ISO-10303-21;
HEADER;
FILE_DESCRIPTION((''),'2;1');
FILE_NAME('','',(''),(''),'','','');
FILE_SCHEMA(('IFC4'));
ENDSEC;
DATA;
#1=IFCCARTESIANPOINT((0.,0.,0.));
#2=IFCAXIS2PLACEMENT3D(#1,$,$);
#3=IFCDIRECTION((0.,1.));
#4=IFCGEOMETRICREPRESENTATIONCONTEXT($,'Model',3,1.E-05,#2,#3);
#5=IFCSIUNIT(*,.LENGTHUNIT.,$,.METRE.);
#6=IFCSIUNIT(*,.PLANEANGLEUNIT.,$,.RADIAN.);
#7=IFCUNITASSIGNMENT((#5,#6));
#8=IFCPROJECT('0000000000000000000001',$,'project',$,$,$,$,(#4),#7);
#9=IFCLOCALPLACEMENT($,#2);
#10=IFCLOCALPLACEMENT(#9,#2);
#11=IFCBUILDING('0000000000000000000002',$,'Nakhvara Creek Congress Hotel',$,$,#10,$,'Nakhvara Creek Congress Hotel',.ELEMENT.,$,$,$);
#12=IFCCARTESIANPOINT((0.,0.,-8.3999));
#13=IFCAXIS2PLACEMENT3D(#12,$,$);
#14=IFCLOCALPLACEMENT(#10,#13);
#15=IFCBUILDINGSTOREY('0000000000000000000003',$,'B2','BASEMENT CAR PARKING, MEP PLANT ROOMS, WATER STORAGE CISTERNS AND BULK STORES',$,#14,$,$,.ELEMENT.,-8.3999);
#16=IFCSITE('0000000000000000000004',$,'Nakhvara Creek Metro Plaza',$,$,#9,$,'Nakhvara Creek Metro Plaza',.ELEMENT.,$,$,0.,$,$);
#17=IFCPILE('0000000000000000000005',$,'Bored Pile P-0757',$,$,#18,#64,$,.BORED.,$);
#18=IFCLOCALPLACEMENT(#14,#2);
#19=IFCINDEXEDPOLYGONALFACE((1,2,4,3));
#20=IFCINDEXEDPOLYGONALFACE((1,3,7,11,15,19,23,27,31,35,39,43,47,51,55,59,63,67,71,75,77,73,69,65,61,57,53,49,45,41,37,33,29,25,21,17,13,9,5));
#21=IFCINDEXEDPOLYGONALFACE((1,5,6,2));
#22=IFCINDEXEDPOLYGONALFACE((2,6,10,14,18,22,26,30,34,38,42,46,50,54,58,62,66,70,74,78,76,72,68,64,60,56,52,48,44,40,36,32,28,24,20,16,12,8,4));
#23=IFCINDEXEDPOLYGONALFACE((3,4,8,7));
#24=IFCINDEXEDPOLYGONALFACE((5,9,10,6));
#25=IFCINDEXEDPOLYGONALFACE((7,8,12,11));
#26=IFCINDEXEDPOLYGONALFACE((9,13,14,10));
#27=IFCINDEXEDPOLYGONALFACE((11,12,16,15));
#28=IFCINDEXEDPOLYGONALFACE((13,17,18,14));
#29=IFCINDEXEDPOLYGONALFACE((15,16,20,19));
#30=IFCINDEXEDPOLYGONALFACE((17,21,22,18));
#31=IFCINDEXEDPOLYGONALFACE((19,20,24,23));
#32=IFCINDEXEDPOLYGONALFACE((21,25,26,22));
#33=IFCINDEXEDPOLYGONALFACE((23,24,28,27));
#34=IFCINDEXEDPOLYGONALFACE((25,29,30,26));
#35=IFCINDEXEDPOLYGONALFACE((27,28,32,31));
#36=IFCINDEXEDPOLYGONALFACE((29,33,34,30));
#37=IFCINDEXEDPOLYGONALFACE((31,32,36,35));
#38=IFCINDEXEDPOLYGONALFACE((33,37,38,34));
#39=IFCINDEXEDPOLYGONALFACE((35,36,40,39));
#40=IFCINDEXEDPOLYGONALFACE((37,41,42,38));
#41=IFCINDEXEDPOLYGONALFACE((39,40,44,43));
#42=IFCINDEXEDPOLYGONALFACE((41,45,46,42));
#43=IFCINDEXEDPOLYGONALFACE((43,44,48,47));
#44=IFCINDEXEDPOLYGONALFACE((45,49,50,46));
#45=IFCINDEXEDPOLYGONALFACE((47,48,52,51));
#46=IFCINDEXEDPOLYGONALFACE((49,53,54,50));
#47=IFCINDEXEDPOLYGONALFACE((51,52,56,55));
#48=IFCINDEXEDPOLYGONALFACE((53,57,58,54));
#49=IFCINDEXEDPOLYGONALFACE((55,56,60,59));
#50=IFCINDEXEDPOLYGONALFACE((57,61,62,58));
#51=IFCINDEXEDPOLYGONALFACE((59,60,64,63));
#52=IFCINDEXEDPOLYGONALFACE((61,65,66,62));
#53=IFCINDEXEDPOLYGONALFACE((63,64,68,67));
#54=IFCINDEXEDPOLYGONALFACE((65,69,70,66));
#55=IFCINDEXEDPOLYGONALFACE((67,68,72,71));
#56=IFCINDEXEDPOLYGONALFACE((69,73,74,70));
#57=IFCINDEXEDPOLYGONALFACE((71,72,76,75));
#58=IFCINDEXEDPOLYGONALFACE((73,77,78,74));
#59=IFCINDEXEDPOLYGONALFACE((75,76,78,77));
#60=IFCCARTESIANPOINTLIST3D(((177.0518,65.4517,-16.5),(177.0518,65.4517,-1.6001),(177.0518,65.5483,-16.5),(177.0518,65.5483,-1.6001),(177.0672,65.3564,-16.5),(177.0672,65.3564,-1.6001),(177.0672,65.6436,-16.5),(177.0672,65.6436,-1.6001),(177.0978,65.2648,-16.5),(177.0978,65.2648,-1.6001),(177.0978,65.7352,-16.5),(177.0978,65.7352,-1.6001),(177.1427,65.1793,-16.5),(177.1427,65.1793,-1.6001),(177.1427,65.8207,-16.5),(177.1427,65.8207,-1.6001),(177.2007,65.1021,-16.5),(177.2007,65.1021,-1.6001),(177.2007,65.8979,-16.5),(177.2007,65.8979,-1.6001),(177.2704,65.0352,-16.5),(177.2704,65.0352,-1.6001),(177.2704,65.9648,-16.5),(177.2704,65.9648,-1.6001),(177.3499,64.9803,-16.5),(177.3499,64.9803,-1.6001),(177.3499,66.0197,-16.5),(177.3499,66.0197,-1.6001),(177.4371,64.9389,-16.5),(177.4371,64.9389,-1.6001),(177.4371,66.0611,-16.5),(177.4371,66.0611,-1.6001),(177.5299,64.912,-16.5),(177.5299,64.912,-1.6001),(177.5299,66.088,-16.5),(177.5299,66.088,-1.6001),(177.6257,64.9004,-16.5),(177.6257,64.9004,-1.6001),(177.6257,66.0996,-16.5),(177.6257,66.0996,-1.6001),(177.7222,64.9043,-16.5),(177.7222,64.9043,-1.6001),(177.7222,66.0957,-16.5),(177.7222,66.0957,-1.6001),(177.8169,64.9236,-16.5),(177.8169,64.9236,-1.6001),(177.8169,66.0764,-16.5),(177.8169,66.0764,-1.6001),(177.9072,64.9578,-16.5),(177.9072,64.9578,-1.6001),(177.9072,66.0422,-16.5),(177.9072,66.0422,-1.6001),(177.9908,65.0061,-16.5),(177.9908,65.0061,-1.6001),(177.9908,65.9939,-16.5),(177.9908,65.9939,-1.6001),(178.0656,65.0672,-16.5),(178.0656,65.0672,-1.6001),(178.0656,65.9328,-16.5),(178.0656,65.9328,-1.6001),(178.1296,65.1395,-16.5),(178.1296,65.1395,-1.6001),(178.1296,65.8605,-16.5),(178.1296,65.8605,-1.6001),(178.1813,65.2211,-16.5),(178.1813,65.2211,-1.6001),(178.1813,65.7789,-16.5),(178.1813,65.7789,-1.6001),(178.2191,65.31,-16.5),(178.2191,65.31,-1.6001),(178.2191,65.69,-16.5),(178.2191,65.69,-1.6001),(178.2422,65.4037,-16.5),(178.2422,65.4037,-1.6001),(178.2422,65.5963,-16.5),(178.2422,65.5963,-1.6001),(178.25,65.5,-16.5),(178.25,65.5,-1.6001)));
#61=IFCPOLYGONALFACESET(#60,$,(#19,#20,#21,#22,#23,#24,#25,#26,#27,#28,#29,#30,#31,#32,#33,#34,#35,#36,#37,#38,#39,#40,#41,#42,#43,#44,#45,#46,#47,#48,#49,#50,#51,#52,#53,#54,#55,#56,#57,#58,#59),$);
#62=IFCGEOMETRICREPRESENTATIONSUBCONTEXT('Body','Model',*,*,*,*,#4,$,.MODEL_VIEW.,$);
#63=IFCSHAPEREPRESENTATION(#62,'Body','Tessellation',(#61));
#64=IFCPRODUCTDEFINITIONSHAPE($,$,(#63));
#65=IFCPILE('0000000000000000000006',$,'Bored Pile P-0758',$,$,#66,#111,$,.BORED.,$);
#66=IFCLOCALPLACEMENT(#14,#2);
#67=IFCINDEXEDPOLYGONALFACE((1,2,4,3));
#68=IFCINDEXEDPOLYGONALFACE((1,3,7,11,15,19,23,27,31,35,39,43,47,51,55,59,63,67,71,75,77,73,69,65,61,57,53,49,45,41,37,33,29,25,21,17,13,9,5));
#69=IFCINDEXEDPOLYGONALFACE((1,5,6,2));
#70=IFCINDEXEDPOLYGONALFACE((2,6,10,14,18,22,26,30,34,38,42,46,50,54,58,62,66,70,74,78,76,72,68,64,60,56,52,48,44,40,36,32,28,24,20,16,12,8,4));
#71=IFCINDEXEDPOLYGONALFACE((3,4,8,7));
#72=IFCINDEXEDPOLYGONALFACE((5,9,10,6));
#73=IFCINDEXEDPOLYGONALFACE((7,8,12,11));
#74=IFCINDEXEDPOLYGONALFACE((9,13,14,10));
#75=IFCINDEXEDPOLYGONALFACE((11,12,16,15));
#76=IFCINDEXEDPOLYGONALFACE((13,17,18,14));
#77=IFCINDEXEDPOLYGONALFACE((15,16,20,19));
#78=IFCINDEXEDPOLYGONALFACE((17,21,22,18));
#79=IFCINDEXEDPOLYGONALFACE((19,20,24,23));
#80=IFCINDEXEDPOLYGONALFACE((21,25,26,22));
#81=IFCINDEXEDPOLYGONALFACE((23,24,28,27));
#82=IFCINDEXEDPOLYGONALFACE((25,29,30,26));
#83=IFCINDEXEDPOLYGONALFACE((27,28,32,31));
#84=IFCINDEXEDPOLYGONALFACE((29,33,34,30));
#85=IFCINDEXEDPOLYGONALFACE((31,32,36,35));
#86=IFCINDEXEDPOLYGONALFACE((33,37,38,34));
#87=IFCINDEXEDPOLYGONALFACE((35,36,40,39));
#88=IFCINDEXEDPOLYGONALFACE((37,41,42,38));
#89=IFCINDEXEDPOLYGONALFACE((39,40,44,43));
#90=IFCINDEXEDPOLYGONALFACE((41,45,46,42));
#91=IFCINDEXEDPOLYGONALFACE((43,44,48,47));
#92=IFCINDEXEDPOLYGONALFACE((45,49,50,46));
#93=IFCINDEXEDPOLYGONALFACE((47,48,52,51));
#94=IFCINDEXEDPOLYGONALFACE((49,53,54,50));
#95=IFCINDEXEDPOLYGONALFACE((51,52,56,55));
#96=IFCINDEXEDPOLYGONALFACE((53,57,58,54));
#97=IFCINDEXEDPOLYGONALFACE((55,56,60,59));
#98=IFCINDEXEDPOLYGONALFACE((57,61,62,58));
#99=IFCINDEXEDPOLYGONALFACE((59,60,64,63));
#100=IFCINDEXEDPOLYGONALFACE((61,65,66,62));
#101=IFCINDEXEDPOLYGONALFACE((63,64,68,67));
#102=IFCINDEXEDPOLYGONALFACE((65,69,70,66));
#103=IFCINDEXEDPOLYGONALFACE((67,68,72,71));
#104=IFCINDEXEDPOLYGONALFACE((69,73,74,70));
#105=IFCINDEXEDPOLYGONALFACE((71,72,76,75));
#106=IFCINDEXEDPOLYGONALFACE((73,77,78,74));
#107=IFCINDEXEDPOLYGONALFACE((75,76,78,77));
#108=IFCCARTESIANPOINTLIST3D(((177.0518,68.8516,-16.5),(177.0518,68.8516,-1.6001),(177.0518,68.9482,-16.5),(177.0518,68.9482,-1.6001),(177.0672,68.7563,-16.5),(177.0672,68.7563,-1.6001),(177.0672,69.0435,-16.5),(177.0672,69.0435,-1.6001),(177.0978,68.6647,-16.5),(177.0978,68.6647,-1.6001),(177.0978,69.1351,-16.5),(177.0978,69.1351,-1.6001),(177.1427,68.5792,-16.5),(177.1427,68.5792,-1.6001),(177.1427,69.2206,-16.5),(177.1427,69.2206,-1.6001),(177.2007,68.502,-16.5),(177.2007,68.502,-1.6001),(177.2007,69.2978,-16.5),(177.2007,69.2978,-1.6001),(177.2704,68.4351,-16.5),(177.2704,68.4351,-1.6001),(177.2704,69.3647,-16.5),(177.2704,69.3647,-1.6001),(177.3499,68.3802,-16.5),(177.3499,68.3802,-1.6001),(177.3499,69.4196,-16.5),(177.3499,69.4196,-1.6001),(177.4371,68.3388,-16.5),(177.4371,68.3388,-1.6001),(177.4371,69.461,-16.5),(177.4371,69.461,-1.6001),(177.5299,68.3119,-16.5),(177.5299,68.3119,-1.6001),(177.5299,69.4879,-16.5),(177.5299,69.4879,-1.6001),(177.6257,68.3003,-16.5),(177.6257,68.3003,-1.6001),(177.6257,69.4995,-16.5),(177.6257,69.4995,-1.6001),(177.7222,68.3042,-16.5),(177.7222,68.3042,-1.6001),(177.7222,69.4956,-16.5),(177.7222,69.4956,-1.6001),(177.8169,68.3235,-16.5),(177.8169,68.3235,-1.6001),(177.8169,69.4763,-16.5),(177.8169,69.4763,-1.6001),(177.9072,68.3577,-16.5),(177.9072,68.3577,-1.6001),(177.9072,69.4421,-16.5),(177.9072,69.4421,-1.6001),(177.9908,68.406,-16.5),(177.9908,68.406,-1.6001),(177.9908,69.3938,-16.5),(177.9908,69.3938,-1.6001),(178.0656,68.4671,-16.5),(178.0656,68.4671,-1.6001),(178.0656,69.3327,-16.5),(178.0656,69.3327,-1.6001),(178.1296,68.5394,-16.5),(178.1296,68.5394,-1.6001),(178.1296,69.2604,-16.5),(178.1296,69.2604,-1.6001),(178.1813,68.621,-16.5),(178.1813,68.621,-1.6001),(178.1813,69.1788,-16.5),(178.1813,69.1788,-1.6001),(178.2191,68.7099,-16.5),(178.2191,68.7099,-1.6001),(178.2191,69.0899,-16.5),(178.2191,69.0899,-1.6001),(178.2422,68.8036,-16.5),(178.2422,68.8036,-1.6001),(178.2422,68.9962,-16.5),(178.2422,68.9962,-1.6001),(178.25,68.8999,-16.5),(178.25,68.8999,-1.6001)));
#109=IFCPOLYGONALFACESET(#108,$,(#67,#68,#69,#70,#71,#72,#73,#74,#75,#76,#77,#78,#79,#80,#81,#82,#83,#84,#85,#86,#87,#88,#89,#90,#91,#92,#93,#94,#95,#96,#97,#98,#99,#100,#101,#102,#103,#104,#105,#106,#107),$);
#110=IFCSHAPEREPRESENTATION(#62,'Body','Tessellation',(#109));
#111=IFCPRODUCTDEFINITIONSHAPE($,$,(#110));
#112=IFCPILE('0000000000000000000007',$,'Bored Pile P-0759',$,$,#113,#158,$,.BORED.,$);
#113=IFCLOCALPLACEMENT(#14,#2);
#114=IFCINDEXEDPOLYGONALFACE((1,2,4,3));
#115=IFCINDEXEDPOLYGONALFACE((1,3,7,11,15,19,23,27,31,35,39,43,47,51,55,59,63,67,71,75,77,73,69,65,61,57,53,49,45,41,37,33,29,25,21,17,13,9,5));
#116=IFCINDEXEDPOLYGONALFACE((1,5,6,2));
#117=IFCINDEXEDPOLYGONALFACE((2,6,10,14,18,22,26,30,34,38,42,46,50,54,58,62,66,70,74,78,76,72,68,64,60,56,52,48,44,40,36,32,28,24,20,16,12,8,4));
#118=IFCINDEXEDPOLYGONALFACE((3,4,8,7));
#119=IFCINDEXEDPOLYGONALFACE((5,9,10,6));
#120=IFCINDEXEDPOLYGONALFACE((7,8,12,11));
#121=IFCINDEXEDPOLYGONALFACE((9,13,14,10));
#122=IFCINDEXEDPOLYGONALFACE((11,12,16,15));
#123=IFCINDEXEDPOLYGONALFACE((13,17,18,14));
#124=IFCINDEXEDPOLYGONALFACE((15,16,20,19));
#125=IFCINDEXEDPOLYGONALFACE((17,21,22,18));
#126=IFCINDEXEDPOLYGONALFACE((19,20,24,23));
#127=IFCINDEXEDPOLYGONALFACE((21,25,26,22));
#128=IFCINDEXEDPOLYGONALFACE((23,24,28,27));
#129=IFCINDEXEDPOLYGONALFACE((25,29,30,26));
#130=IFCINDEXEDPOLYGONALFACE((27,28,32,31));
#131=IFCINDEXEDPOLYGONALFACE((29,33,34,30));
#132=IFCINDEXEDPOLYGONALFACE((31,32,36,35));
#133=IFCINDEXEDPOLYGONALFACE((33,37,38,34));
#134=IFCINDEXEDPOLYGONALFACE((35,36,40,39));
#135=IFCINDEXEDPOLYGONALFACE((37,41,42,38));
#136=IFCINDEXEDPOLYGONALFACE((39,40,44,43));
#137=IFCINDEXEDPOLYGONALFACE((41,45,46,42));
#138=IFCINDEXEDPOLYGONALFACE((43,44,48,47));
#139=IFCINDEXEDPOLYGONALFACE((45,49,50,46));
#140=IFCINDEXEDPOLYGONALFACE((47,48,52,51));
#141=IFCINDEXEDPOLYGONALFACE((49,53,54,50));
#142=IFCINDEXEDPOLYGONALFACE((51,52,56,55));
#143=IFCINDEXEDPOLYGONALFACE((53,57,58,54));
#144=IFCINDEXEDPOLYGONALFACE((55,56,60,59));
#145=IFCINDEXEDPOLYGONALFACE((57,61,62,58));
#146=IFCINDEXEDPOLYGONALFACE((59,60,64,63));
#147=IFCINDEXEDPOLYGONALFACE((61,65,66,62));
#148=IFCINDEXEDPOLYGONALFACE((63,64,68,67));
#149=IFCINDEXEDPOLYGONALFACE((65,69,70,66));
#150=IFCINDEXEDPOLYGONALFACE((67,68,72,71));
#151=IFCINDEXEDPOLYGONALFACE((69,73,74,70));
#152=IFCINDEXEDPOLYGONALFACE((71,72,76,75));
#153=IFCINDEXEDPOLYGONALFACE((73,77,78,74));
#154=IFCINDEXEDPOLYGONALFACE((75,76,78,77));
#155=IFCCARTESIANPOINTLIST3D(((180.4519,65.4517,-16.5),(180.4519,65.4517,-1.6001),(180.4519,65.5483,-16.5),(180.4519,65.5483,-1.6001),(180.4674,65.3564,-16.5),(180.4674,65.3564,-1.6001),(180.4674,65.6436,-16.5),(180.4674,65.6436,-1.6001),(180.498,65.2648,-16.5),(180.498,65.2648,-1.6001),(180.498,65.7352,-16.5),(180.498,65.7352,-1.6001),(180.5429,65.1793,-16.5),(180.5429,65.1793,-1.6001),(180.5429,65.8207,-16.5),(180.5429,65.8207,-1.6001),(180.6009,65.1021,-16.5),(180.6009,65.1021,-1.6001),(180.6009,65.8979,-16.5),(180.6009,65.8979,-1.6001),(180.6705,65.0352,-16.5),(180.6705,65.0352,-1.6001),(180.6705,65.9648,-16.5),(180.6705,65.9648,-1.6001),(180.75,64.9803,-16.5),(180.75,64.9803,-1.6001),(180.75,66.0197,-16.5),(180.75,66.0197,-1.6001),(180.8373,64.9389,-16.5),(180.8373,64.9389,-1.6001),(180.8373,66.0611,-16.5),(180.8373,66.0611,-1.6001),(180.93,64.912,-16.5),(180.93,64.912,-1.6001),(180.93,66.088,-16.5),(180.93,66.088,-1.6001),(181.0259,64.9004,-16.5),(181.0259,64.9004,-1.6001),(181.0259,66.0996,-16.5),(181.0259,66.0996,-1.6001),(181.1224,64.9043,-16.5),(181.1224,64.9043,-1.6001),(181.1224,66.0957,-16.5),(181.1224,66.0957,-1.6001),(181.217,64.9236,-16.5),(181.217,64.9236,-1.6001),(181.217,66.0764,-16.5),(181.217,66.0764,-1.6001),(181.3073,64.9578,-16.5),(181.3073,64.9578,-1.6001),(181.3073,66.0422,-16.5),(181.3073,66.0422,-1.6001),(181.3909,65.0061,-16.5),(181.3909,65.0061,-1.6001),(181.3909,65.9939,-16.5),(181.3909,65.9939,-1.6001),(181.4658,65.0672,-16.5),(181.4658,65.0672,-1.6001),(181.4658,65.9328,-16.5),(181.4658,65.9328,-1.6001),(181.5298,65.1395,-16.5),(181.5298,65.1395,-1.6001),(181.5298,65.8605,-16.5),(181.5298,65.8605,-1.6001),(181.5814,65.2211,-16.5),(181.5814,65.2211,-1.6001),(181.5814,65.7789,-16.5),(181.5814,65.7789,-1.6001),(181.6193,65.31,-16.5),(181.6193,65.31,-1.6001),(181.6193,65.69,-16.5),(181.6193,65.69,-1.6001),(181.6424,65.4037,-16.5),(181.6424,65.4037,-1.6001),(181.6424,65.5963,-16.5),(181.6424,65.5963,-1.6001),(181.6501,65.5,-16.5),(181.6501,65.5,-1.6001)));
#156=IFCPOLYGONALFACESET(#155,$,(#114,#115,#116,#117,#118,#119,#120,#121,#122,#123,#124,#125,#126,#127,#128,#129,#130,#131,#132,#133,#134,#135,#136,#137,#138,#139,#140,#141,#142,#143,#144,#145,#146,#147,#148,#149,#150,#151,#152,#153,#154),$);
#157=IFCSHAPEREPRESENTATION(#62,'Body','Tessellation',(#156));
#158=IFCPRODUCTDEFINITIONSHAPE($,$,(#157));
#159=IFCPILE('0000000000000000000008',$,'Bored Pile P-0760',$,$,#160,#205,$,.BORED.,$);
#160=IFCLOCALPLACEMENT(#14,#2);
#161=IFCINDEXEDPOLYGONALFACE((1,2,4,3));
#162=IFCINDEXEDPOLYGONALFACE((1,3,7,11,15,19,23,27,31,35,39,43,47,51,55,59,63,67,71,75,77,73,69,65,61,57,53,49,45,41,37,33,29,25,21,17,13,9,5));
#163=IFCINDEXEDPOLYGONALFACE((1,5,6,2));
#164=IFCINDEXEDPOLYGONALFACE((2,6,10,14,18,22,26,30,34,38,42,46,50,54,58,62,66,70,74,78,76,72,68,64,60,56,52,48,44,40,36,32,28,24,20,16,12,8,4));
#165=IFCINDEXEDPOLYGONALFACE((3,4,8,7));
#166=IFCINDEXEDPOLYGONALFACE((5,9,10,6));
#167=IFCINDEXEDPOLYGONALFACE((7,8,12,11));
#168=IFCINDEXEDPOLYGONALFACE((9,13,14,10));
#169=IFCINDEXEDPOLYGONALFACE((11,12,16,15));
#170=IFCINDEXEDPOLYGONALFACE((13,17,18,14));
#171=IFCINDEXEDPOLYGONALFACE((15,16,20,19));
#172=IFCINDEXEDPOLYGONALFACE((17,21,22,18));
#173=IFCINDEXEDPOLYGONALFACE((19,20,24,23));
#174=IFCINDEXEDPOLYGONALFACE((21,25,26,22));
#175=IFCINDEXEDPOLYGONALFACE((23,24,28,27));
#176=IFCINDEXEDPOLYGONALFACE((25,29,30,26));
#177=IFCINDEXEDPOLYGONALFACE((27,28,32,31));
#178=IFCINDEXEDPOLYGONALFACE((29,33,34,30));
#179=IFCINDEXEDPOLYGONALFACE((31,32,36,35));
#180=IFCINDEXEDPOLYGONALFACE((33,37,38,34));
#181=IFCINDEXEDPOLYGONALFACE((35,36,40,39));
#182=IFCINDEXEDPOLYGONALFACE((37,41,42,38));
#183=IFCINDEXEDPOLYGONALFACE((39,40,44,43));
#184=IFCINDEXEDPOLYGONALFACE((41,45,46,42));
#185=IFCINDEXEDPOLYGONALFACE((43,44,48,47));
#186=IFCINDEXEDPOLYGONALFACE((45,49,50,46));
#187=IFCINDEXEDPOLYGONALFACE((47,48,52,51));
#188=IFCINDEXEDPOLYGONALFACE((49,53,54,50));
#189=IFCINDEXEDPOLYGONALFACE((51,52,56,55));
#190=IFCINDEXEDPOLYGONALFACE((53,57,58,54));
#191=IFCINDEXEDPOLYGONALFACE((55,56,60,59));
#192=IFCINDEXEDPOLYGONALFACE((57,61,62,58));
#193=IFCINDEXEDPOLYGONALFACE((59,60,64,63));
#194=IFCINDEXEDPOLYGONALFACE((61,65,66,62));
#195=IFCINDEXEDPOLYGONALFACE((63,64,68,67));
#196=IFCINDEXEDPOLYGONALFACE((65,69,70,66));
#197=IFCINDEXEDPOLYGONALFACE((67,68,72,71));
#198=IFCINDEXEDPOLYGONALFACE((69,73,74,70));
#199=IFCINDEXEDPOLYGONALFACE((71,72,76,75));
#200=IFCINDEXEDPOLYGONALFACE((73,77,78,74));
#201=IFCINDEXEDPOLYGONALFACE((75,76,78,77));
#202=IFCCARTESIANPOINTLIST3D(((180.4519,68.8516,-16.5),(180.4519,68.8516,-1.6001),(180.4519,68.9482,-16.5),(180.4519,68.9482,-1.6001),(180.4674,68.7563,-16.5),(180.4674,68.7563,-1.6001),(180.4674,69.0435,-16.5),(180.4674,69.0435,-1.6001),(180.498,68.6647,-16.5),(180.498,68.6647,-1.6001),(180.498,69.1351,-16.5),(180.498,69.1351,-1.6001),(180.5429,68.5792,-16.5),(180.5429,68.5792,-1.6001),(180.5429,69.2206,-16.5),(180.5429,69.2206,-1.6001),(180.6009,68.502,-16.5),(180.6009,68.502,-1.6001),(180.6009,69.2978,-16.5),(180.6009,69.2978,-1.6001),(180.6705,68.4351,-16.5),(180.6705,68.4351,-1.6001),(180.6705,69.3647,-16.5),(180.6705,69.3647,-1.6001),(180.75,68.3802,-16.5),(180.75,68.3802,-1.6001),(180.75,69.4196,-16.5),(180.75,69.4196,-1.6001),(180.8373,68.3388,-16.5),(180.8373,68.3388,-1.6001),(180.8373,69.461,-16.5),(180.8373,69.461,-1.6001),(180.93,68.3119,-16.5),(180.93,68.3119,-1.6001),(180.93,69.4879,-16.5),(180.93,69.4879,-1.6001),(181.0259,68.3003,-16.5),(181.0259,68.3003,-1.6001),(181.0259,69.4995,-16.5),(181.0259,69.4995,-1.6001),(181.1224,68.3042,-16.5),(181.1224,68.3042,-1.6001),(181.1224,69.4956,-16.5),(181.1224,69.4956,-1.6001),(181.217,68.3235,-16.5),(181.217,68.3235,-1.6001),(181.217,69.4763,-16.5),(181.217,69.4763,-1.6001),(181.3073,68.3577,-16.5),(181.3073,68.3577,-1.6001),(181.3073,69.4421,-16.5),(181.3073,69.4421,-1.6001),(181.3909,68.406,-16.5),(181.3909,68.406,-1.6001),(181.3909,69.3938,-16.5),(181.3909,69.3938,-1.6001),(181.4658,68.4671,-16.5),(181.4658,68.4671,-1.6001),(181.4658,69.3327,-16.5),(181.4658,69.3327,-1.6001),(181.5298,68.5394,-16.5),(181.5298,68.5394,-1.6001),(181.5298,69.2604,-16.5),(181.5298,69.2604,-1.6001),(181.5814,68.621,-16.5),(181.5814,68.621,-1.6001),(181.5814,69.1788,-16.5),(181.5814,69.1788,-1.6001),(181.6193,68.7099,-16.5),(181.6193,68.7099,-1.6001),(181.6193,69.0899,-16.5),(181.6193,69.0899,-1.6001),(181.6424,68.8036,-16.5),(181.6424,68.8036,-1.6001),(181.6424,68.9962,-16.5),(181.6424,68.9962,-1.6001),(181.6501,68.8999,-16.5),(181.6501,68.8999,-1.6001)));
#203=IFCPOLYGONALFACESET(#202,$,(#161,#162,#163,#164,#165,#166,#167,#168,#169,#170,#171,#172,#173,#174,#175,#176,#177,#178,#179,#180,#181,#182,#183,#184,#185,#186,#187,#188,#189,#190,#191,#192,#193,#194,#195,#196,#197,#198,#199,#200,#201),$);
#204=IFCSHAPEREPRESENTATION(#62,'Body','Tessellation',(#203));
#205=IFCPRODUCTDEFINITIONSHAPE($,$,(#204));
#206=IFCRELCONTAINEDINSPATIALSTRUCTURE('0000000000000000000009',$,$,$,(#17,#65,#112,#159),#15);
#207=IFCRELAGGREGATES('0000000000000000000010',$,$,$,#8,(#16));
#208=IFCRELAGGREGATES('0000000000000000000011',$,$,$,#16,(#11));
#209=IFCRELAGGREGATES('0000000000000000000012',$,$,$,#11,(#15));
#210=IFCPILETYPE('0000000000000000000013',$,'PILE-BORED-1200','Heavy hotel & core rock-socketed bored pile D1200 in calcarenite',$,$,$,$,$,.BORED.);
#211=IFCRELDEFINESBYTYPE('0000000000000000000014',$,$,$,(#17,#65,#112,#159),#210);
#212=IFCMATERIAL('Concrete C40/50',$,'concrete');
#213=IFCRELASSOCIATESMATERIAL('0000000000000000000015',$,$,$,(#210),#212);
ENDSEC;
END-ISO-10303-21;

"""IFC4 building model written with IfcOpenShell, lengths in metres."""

from ifc_helpers import new_model, si_unit, direction, frame, origin, origin_2d, place, context, subcontext, project, spatial, circle, extrude, material, material_profile, profile_set, type_object, element, save


model = new_model("IFC4")

# Units and contexts
model_context = context("Model", 3, precision=1e-05, world=origin(), true_north=direction((0.0, 1.0)))
body_context = subcontext(model_context, "Body", "Model", "MODEL_VIEW")
ifc_project = project(units=[si_unit("LENGTHUNIT", "METRE"), si_unit("PLANEANGLEUNIT", "RADIAN")], contexts=[model_context])

# Site, building, storey
site_placement = place(None, origin())
site = spatial("IfcSite", under=ifc_project, at=site_placement, Name="Nakhvara Creek Metro Plaza", LongName="Nakhvara Creek Metro Plaza", CompositionType="ELEMENT", RefElevation=0.0)
building_placement = place(site_placement, origin())
building = spatial("IfcBuilding", under=site, at=building_placement, Name="Nakhvara Creek Congress Hotel", LongName="Nakhvara Creek Congress Hotel", CompositionType="ELEMENT")
storey_placement = place(building_placement, frame((0.0, 0.0, -8.3999)))
storey = spatial("IfcBuildingStorey", under=building, at=storey_placement, Name="B2", Description="BASEMENT CAR PARKING, MEP PLANT ROOMS, WATER STORAGE CISTERNS AND BULK STORES", CompositionType="ELEMENT", Elevation=-8.3999)

# Shared definitions
ifc_material_1 = material(Name="Concrete C40/50", Category="concrete")

# Piles
ifc_material_profile_1 = material_profile(ifc_material_1, circle(Radius=0.6001, at=origin_2d()), Name="BORED PILE D1200", Category="LoadBearing")
ifc_profile_set_1 = profile_set([ifc_material_profile_1], Name="Concrete C40/50")
pile_type = type_object("IfcPileType", Name="PILE-BORED-1200", Description="Heavy hotel & core rock-socketed bored pile D1200 in calcarenite", PredefinedType="BORED", material=ifc_profile_set_1)
for number, where, z_axis, x_axis, name in (
    (1, (177.6499, 65.5, -1.6001), (0.0, 0.0, -1.0), (1.0, 0.0, 0.0), "Bored Pile P-0757"),
    (2, (177.6499, 68.8999, -1.6001), (0.0, 0.0, -1.0), (1.0, 0.0, 0.0), "Bored Pile P-0758"),
    (3, (181.05, 65.5, -1.6001), (0.0, 0.0, -1.0), (1.0, 0.0, 0.0), "Bored Pile P-0759"),
    (4, (181.05, 68.8999, -1.6001), (0.0, 0.0, -1.0), (1.0, 0.0, 0.0), "Bored Pile P-0760"),
):
    element("IfcPile", number, at=place(storey_placement, frame(where, z_axis=z_axis, x_axis=x_axis)), inside=storey, type_object=pile_type, Name=name, PredefinedType="BORED", context=body_context, shape_type="SweptSolid", body=[
        extrude(circle(Radius=0.6001, at=origin_2d()), origin(), (0.0, 0.0, 1.0), 14.8999),
    ])

save(model, "model.ifc")
